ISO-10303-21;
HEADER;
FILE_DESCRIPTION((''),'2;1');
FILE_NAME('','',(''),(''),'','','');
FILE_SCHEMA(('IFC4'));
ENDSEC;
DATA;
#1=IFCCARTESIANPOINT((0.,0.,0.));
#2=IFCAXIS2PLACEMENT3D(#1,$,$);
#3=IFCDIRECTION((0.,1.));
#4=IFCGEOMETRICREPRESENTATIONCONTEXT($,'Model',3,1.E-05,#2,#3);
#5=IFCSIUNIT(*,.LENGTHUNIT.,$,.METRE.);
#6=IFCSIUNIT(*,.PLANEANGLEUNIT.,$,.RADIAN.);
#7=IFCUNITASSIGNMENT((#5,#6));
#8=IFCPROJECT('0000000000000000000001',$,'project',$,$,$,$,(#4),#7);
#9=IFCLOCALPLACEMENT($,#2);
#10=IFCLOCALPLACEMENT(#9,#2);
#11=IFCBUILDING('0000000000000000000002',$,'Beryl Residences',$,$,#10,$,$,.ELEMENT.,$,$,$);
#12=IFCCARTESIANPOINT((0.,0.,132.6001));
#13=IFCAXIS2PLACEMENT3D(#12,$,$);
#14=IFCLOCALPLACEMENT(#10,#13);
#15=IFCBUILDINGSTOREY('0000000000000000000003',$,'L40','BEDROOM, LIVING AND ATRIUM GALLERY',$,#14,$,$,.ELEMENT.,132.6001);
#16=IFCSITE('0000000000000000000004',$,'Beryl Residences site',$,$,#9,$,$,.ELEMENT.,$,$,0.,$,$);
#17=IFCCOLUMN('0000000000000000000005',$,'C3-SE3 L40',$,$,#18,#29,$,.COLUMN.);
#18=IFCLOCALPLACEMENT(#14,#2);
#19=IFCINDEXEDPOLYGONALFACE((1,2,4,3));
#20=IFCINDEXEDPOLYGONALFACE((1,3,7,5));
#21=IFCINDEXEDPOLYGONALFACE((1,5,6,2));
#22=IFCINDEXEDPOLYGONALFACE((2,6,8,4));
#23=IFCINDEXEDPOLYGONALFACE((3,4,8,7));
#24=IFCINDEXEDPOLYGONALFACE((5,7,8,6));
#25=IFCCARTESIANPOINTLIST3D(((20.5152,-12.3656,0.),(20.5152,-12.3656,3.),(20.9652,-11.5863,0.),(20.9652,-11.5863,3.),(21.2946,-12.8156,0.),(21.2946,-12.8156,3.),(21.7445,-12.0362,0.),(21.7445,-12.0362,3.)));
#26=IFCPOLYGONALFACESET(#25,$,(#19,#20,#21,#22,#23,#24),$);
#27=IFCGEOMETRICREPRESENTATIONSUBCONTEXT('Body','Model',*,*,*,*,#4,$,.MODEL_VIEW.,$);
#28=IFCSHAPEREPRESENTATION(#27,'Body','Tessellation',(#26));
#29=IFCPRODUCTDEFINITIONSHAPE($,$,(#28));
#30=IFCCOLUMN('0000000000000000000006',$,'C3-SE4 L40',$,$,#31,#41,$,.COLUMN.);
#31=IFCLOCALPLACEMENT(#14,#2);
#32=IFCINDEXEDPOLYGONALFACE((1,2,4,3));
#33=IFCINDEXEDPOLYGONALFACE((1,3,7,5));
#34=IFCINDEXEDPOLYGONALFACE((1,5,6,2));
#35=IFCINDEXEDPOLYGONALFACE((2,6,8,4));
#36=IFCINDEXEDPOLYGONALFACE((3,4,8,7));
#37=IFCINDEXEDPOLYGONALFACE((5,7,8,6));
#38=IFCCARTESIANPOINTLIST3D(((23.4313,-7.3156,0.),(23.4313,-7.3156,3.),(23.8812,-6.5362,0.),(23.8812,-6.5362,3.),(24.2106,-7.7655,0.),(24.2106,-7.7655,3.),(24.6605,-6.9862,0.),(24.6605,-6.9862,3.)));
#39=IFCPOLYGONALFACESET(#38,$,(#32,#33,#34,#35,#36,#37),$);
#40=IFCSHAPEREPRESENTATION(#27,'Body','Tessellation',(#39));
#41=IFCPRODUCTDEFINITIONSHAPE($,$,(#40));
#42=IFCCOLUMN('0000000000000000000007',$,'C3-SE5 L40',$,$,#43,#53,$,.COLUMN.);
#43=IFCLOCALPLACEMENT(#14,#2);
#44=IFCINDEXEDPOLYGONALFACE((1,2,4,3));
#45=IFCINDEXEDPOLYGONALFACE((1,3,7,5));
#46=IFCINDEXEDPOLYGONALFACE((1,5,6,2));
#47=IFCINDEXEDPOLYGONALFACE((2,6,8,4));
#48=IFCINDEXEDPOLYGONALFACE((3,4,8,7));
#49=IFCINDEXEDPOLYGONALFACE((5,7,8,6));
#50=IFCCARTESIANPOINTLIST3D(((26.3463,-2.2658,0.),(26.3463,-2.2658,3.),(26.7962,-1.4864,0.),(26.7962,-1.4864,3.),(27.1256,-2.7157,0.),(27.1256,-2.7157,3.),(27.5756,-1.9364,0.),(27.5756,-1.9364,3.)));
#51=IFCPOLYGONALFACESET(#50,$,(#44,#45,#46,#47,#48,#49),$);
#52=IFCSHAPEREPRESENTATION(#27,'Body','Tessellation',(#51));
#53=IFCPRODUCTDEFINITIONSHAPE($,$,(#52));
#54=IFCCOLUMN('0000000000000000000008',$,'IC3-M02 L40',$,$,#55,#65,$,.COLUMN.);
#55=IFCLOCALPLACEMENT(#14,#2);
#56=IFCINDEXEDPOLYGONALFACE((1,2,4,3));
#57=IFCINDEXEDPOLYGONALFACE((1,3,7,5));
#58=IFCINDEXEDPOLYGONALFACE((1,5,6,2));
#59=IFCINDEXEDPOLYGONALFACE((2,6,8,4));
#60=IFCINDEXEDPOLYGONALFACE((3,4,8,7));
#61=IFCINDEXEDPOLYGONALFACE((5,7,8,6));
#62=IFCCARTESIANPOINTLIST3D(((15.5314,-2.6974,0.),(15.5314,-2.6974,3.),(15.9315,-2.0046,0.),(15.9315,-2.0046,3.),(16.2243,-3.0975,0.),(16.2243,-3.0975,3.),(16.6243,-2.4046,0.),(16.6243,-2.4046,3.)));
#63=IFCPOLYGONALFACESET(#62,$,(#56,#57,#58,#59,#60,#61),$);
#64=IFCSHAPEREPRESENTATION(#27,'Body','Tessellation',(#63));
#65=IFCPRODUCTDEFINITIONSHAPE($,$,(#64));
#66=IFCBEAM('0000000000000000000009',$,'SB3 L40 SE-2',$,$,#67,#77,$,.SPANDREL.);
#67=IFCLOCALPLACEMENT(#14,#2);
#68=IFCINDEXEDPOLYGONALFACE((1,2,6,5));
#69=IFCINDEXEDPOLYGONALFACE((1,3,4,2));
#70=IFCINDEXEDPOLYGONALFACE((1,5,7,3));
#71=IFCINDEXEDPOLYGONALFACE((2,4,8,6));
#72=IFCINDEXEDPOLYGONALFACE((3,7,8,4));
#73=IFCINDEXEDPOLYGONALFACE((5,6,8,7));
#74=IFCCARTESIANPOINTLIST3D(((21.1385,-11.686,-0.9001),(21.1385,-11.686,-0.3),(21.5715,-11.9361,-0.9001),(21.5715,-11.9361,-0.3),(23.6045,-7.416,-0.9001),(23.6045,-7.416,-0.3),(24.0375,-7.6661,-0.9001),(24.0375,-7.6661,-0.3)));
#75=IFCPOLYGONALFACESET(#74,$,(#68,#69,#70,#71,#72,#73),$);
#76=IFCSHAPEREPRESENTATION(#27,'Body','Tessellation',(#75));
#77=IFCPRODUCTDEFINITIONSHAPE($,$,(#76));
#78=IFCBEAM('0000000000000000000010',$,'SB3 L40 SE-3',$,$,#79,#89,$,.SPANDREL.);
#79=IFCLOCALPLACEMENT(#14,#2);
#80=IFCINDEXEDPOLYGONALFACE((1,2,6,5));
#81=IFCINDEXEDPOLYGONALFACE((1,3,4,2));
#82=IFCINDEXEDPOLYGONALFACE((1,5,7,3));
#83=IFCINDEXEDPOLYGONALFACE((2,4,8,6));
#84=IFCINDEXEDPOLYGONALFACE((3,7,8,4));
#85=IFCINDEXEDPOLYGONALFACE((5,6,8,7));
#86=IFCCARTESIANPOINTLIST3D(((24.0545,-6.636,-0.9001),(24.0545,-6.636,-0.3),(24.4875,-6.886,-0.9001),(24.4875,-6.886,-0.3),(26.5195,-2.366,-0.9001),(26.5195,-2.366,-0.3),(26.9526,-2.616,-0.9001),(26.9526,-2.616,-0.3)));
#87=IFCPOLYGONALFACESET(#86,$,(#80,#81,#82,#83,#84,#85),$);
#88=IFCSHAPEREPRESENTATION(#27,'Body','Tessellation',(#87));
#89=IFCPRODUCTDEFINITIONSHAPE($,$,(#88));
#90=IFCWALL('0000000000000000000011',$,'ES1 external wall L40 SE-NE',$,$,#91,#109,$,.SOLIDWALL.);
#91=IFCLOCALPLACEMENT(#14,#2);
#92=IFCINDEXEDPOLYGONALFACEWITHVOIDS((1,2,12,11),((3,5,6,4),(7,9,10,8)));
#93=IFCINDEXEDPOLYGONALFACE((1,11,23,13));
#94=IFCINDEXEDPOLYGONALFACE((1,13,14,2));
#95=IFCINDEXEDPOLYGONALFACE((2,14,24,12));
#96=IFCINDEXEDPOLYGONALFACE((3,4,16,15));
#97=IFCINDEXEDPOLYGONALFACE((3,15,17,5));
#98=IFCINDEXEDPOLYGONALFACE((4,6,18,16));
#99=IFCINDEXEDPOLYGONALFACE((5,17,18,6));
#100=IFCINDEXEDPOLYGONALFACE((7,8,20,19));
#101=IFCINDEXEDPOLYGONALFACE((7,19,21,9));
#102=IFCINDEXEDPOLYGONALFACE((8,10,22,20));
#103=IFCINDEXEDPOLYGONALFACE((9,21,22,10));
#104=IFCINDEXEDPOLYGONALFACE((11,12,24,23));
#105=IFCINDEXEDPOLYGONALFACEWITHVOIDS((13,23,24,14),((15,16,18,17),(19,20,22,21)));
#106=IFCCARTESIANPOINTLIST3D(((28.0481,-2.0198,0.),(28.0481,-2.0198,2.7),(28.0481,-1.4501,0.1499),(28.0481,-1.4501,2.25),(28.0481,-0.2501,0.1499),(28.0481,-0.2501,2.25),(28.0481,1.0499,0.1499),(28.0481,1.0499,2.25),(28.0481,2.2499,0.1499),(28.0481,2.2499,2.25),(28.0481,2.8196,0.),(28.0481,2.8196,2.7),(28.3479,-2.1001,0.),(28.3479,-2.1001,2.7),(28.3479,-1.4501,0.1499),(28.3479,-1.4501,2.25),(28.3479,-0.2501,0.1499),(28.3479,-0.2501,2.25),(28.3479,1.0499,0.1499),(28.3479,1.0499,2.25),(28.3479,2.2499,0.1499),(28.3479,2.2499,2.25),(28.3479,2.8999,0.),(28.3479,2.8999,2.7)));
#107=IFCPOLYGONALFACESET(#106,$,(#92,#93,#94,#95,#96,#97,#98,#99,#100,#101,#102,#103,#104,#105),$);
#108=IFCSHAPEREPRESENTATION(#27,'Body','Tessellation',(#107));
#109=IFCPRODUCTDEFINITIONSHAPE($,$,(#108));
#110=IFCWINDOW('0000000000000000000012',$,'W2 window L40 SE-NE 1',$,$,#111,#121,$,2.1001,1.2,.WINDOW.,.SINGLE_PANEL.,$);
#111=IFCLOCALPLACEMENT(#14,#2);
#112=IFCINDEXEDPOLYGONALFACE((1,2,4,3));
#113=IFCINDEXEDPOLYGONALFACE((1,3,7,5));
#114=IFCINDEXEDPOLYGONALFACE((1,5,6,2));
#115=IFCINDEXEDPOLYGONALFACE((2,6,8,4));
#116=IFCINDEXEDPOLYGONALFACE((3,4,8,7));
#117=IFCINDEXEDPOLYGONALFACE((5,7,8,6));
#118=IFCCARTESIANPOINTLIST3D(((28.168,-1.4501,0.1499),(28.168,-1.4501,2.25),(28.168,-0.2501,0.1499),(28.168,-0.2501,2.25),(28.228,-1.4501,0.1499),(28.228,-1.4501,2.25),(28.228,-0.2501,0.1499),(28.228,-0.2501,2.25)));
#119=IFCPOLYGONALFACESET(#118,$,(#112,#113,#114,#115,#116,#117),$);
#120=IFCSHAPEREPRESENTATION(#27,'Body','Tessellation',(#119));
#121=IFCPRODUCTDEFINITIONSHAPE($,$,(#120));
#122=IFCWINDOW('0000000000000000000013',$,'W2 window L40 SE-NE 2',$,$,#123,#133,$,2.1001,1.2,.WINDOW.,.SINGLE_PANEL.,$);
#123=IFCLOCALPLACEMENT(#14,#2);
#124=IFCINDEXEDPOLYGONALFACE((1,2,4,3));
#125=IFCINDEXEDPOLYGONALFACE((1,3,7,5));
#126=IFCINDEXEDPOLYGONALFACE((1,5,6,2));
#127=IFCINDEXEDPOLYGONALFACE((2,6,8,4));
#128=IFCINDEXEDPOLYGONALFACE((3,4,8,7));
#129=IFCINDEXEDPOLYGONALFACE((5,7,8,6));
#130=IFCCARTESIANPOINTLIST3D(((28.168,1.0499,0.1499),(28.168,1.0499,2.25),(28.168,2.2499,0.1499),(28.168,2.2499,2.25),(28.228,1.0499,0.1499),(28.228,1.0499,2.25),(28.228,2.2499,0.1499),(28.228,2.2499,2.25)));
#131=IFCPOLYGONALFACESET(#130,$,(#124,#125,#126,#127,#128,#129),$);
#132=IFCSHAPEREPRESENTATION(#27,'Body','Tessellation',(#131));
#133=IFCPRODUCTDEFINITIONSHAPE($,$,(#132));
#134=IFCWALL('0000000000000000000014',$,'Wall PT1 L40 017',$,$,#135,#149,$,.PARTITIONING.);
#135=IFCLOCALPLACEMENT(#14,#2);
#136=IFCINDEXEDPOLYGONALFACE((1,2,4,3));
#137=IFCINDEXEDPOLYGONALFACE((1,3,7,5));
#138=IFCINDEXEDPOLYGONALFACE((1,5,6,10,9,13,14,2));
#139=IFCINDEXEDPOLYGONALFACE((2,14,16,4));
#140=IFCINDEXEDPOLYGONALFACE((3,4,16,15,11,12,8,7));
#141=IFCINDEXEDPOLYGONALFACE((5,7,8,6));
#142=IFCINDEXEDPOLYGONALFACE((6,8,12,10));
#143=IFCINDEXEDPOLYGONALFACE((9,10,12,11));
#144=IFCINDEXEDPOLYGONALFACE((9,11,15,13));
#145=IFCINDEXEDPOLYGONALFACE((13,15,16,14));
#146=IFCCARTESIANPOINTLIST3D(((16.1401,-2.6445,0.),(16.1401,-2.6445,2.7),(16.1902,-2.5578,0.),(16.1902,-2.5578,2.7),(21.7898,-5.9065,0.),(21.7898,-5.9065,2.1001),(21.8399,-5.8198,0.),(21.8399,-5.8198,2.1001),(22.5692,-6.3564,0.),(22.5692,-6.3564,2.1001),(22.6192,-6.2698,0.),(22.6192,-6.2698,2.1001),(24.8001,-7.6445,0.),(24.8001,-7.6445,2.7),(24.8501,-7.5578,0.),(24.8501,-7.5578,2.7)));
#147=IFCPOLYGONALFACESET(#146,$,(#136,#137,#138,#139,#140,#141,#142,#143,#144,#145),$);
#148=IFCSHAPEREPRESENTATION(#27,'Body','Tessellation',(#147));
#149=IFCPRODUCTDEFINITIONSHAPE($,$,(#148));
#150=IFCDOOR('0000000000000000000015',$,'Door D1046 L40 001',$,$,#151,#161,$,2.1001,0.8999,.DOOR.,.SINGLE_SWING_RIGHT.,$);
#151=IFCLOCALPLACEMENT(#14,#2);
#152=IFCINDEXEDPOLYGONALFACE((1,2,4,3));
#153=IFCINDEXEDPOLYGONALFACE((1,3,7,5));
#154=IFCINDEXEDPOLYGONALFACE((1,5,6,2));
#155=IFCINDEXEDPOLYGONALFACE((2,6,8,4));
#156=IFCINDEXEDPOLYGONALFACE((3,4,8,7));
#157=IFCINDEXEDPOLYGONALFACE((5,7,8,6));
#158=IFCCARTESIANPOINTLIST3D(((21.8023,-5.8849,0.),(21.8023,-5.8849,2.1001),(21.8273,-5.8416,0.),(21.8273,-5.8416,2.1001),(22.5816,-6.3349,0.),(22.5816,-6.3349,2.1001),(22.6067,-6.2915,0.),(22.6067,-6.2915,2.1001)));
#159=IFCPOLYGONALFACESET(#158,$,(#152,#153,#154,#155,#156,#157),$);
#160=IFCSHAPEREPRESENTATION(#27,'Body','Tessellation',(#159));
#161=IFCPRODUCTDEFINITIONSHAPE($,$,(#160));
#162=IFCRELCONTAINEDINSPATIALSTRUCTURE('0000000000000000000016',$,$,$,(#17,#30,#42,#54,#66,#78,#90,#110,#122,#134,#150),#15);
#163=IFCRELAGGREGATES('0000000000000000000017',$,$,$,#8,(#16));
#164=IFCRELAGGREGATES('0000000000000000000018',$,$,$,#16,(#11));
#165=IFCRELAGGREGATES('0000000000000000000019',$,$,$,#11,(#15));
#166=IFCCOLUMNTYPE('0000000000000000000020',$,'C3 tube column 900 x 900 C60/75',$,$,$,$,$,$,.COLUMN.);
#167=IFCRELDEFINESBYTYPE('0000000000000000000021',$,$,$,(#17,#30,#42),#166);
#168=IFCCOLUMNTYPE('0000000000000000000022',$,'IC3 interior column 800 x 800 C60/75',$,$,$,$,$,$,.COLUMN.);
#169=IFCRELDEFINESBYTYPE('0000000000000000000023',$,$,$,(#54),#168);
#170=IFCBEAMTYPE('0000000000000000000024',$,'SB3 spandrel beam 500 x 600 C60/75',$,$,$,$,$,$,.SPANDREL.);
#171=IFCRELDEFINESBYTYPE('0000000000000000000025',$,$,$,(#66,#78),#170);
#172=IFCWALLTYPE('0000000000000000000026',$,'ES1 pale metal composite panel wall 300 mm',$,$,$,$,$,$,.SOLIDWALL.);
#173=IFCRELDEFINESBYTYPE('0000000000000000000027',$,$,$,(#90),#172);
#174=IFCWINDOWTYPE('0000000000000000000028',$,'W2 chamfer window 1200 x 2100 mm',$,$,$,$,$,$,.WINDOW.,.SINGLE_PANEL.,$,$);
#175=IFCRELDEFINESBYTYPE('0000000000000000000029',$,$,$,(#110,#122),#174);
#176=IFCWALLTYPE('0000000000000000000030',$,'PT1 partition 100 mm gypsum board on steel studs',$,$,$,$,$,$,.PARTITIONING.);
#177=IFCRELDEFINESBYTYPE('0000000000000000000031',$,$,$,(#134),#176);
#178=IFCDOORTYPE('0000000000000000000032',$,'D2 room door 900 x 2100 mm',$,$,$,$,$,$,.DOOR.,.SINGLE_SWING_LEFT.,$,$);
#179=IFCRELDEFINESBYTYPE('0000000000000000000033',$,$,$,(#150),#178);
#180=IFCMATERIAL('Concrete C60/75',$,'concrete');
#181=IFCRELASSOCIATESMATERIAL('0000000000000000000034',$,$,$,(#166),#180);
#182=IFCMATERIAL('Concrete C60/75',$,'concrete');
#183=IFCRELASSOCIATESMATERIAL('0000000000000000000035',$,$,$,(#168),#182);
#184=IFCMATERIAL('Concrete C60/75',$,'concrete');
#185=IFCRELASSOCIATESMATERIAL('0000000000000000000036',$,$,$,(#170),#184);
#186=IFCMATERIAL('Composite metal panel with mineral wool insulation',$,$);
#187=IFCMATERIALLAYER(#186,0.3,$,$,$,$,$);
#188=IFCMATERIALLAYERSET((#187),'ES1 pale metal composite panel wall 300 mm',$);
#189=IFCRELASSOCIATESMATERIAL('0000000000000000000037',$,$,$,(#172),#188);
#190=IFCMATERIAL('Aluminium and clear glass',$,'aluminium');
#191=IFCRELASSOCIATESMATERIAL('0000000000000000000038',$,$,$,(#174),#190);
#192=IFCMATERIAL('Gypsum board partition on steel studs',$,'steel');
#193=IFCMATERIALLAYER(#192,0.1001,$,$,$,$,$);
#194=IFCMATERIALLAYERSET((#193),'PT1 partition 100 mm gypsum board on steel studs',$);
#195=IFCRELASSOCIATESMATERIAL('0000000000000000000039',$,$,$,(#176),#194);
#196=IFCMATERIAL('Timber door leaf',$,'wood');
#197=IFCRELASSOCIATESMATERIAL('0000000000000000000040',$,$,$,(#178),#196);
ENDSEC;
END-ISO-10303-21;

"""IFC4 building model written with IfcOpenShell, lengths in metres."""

from ifc_helpers import new_model, si_unit, direction, frame, frame_2d, origin, origin_2d, place, context, subcontext, project, spatial, polyline, rectangle, outline, extrude, material, layer, layer_set, material_profile, profile_set, type_object, element, fill, save


model = new_model("IFC4")

# Units and contexts
model_context = context("Model", 3, precision=1e-05, world=origin(), true_north=direction((0.0, 1.0)))
body_context = subcontext(model_context, "Body", "Model", "MODEL_VIEW")
ifc_project = project(units=[si_unit("LENGTHUNIT", "METRE"), si_unit("PLANEANGLEUNIT", "RADIAN")], contexts=[model_context])

# Site, building, storey
site_placement = place(None, origin())
site = spatial("IfcSite", under=ifc_project, at=site_placement, Name="Beryl Residences site", CompositionType="ELEMENT", RefElevation=0.0)
building_placement = place(site_placement, origin())
building = spatial("IfcBuilding", under=site, at=building_placement, Name="Beryl Residences", CompositionType="ELEMENT")
storey_placement = place(building_placement, frame((0.0, 0.0, 132.6001)))
storey = spatial("IfcBuildingStorey", under=building, at=storey_placement, Name="L40", Description="BEDROOM, LIVING AND ATRIUM GALLERY", CompositionType="ELEMENT", Elevation=132.6001)

# Columns
ifc_material_1 = material(Name="Concrete C60/75", Category="concrete")
ifc_material_profile_1 = material_profile(ifc_material_1, rectangle(XDim=0.8999, YDim=0.8999, at=origin_2d()))
ifc_profile_set_1 = profile_set([ifc_material_profile_1], Name="Concrete C60/75")
column_type_1 = type_object("IfcColumnType", Name="C3 tube column 900 x 900 C60/75", PredefinedType="COLUMN", material=ifc_profile_set_1)
for number, where, z_axis, x_axis, name in (
    (1, (21.1299, -12.2009, 0.0), (0.0, 0.0, 1.0), (0.5, 0.866025, 0.0), "C3-SE3 L40"),
    (2, (24.0459, -7.1509, 0.0), (0.0, 0.0, 1.0), (0.5, 0.866025, 0.0), "C3-SE4 L40"),
    (3, (26.9609, -2.1011, 0.0), (0.0, 0.0, 1.0), (0.5, 0.866025, 0.0), "C3-SE5 L40"),
):
    element("IfcColumn", number, at=place(storey_placement, frame(where, z_axis=z_axis, x_axis=x_axis)), inside=storey, type_object=column_type_1, Name=name, PredefinedType="COLUMN", context=body_context, shape_type="SweptSolid", body=[
        extrude(rectangle(XDim=0.8999, YDim=0.8999, at=origin_2d()), origin(), (0.0, 0.0, 1.0), 3.0),
    ])
ifc_material_2 = material(Name="Concrete C60/75", Category="concrete")
ifc_material_profile_2 = material_profile(ifc_material_2, rectangle(XDim=0.8, YDim=0.8, at=origin_2d()))
ifc_profile_set_2 = profile_set([ifc_material_profile_2], Name="Concrete C60/75")
column_type_2 = type_object("IfcColumnType", Name="IC3 interior column 800 x 800 C60/75", PredefinedType="COLUMN", material=ifc_profile_set_2)
column_placement = place(storey_placement, frame((16.0779, -2.551, 0.0), z_axis=(0.0, 0.0, 1.0), x_axis=(0.5, 0.866025, 0.0)))
element("IfcColumn", 4, at=column_placement, inside=storey, type_object=column_type_2, Name="IC3-M02 L40", PredefinedType="COLUMN", context=body_context, shape_type="SweptSolid", body=[
    extrude(rectangle(XDim=0.8, YDim=0.8, at=origin_2d()), origin(), (0.0, 0.0, 1.0), 3.0),
])

# Beams
ifc_material_3 = material(Name="Concrete C60/75", Category="concrete")
ifc_material_profile_3 = material_profile(ifc_material_3, rectangle(XDim=0.5, YDim=0.6001, at=origin_2d()))
ifc_profile_set_3 = profile_set([ifc_material_profile_3], Name="Concrete C60/75")
beam_type = type_object("IfcBeamType", Name="SB3 spandrel beam 500 x 600 C60/75", PredefinedType="SPANDREL", material=ifc_profile_set_3)
beam_1_placement = place(storey_placement, frame((21.355, -11.811, -0.6001), z_axis=(0.500117, 0.865958, 0.0), x_axis=(-0.865958, 0.500117, 0.0)))
element("IfcBeam", 5, at=beam_1_placement, inside=storey, type_object=beam_type, Name="SB3 L40 SE-2", PredefinedType="SPANDREL", context=body_context, shape_type="SweptSolid", body=[
    extrude(rectangle(XDim=0.5, YDim=0.6001, at=origin_2d()), origin(), (0.0, 0.0, 1.0), 4.9309),
])
beam_2_placement = place(storey_placement, frame((24.271, -6.761, -0.6001), z_axis=(0.499968, 0.866044, 0.0), x_axis=(-0.866044, 0.499968, 0.0)))
element("IfcBeam", 6, at=beam_2_placement, inside=storey, type_object=beam_type, Name="SB3 L40 SE-3", PredefinedType="SPANDREL", context=body_context, shape_type="SweptSolid", body=[
    extrude(rectangle(XDim=0.5, YDim=0.6001, at=origin_2d()), origin(), (0.0, 0.0, 1.0), 4.9304),
])

# Wall, openings, windows
ifc_material_4 = material(Name="Composite metal panel with mineral wool insulation")
ifc_layer_1 = layer(ifc_material_4, 0.3)
ifc_layer_set_1 = layer_set([ifc_layer_1], Name="ES1 pale metal composite panel wall 300 mm")
wall_type_1 = type_object("IfcWallType", Name="ES1 pale metal composite panel wall 300 mm", PredefinedType="SOLIDWALL", material=ifc_layer_set_1)
wall_1_placement = place(storey_placement, frame((28.198, -2.1001, 0.0), z_axis=(0.0, 0.0, 1.0), x_axis=(0.0, 1.0, 0.0)))
wall_1 = element("IfcWall", 7, at=wall_1_placement, inside=storey, type_object=wall_type_1, Name="ES1 external wall L40 SE-NE", PredefinedType="SOLIDWALL", context=body_context, shape_type="SweptSolid", body=[
    extrude(outline(polyline([(0.0, -0.1499), (5.0, -0.1499), (4.9197, 0.1499), (0.0803, 0.1499), (0.0, -0.1499)])), origin(), (0.0, 0.0, 1.0), 2.7),
])
opening_1_placement = place(wall_1_placement, frame((0.6499, 0.0, 0.1499)))
opening_1 = element("IfcOpeningElement", 8, at=opening_1_placement, cuts=wall_1, PredefinedType="OPENING", context=body_context, shape_type="SweptSolid", body=[
    extrude(rectangle(XDim=1.2, YDim=2.1001, at=frame_2d((0.6001, 1.05))), frame((0.0, 0.1599, 0.0), z_axis=(0.0, -1.0, 0.0), x_axis=(1.0, 0.0, 0.0)), (0.0, 0.0, 1.0), 0.3201),
])
opening_2_placement = place(wall_1_placement, frame((3.1499, 0.0, 0.1499)))
opening_2 = element("IfcOpeningElement", 9, at=opening_2_placement, cuts=wall_1, PredefinedType="OPENING", context=body_context, shape_type="SweptSolid", body=[
    extrude(rectangle(XDim=1.2, YDim=2.1001, at=frame_2d((0.6001, 1.05))), frame((0.0, 0.1599, 0.0), z_axis=(0.0, -1.0, 0.0), x_axis=(1.0, 0.0, 0.0)), (0.0, 0.0, 1.0), 0.3201),
])
ifc_material_5 = material(Name="Aluminium and clear glass", Category="aluminium")
window_type = type_object("IfcWindowType", Name="W2 chamfer window 1200 x 2100 mm", PartitioningType="SINGLE_PANEL", PredefinedType="WINDOW", material=ifc_material_5)
window_1_placement = place(opening_1_placement, origin())
window_1 = element("IfcWindow", 10, at=window_1_placement, inside=storey, type_object=window_type, Name="W2 window L40 SE-NE 1", OverallHeight=2.1001, OverallWidth=1.2, PartitioningType="SINGLE_PANEL", PredefinedType="WINDOW", context=body_context, shape_type="SweptSolid", body=[
    extrude(rectangle(XDim=1.2, YDim=2.1001, at=frame_2d((0.6001, 1.05))), frame((0.0, 0.03, 0.0), z_axis=(0.0, -1.0, 0.0), x_axis=(1.0, 0.0, 0.0)), (0.0, 0.0, 1.0), 0.0601),
])
fill(opening_1, window_1)
window_2_placement = place(opening_2_placement, origin())
window_2 = element("IfcWindow", 11, at=window_2_placement, inside=storey, type_object=window_type, Name="W2 window L40 SE-NE 2", OverallHeight=2.1001, OverallWidth=1.2, PartitioningType="SINGLE_PANEL", PredefinedType="WINDOW", context=body_context, shape_type="SweptSolid", body=[
    extrude(rectangle(XDim=1.2, YDim=2.1001, at=frame_2d((0.6001, 1.05))), frame((0.0, 0.03, 0.0), z_axis=(0.0, -1.0, 0.0), x_axis=(1.0, 0.0, 0.0)), (0.0, 0.0, 1.0), 0.0601),
])
fill(opening_2, window_2)

# Wall, opening, door
ifc_material_6 = material(Name="Gypsum board partition on steel studs", Category="steel")
ifc_layer_2 = layer(ifc_material_6, 0.1001)
ifc_layer_set_2 = layer_set([ifc_layer_2], Name="PT1 partition 100 mm gypsum board on steel studs")
wall_type_2 = type_object("IfcWallType", Name="PT1 partition 100 mm gypsum board on steel studs", PredefinedType="PARTITIONING", material=ifc_layer_set_2)
wall_2_placement = place(storey_placement, frame((16.165, -2.6011, 0.0), z_axis=(0.0, 0.0, 1.0), x_axis=(0.866017, -0.500015, 0.0)))
wall_2 = element("IfcWall", 12, at=wall_2_placement, inside=storey, type_object=wall_type_2, Name="Wall PT1 L40 017", PredefinedType="PARTITIONING", context=body_context, shape_type="SweptSolid", body=[
    extrude(rectangle(XDim=9.9998, YDim=0.1001, at=frame_2d((5.0, 0.0))), origin(), (0.0, 0.0, 1.0), 2.7),
])
opening_3_placement = place(wall_2_placement, frame((6.5239, 0.0, 0.0)))
opening_3 = element("IfcOpeningElement", 13, at=opening_3_placement, cuts=wall_2, PredefinedType="OPENING", context=body_context, shape_type="SweptSolid", body=[
    extrude(rectangle(XDim=0.8999, YDim=2.1001, at=frame_2d((0.45, 1.05))), frame((0.0, 0.0601, 0.0), z_axis=(0.0, -1.0, 0.0), x_axis=(1.0, 0.0, 0.0)), (0.0, 0.0, 1.0), 0.1201),
])
ifc_material_7 = material(Name="Timber door leaf", Category="wood")
door_type_1 = type_object("IfcDoorType", Name="D2 room door 900 x 2100 mm", OperationType="SINGLE_SWING_LEFT", PredefinedType="DOOR", material=ifc_material_7)
door_1_placement = place(opening_3_placement, origin())
door_1 = element("IfcDoor", 14, at=door_1_placement, inside=storey, type_object=door_type_1, Name="Door D1046 L40 001", OperationType="SINGLE_SWING_RIGHT", OverallHeight=2.1001, OverallWidth=0.8999, PredefinedType="DOOR", context=body_context, shape_type="SweptSolid", body=[
    extrude(rectangle(XDim=0.8999, YDim=2.1001, at=frame_2d((0.45, 1.05))), frame((0.0, 0.0249, 0.0), z_axis=(0.0, -1.0, 0.0), x_axis=(1.0, 0.0, 0.0)), (0.0, 0.0, 1.0), 0.05),
])
fill(opening_3, door_1)

save(model, "model.ifc")
